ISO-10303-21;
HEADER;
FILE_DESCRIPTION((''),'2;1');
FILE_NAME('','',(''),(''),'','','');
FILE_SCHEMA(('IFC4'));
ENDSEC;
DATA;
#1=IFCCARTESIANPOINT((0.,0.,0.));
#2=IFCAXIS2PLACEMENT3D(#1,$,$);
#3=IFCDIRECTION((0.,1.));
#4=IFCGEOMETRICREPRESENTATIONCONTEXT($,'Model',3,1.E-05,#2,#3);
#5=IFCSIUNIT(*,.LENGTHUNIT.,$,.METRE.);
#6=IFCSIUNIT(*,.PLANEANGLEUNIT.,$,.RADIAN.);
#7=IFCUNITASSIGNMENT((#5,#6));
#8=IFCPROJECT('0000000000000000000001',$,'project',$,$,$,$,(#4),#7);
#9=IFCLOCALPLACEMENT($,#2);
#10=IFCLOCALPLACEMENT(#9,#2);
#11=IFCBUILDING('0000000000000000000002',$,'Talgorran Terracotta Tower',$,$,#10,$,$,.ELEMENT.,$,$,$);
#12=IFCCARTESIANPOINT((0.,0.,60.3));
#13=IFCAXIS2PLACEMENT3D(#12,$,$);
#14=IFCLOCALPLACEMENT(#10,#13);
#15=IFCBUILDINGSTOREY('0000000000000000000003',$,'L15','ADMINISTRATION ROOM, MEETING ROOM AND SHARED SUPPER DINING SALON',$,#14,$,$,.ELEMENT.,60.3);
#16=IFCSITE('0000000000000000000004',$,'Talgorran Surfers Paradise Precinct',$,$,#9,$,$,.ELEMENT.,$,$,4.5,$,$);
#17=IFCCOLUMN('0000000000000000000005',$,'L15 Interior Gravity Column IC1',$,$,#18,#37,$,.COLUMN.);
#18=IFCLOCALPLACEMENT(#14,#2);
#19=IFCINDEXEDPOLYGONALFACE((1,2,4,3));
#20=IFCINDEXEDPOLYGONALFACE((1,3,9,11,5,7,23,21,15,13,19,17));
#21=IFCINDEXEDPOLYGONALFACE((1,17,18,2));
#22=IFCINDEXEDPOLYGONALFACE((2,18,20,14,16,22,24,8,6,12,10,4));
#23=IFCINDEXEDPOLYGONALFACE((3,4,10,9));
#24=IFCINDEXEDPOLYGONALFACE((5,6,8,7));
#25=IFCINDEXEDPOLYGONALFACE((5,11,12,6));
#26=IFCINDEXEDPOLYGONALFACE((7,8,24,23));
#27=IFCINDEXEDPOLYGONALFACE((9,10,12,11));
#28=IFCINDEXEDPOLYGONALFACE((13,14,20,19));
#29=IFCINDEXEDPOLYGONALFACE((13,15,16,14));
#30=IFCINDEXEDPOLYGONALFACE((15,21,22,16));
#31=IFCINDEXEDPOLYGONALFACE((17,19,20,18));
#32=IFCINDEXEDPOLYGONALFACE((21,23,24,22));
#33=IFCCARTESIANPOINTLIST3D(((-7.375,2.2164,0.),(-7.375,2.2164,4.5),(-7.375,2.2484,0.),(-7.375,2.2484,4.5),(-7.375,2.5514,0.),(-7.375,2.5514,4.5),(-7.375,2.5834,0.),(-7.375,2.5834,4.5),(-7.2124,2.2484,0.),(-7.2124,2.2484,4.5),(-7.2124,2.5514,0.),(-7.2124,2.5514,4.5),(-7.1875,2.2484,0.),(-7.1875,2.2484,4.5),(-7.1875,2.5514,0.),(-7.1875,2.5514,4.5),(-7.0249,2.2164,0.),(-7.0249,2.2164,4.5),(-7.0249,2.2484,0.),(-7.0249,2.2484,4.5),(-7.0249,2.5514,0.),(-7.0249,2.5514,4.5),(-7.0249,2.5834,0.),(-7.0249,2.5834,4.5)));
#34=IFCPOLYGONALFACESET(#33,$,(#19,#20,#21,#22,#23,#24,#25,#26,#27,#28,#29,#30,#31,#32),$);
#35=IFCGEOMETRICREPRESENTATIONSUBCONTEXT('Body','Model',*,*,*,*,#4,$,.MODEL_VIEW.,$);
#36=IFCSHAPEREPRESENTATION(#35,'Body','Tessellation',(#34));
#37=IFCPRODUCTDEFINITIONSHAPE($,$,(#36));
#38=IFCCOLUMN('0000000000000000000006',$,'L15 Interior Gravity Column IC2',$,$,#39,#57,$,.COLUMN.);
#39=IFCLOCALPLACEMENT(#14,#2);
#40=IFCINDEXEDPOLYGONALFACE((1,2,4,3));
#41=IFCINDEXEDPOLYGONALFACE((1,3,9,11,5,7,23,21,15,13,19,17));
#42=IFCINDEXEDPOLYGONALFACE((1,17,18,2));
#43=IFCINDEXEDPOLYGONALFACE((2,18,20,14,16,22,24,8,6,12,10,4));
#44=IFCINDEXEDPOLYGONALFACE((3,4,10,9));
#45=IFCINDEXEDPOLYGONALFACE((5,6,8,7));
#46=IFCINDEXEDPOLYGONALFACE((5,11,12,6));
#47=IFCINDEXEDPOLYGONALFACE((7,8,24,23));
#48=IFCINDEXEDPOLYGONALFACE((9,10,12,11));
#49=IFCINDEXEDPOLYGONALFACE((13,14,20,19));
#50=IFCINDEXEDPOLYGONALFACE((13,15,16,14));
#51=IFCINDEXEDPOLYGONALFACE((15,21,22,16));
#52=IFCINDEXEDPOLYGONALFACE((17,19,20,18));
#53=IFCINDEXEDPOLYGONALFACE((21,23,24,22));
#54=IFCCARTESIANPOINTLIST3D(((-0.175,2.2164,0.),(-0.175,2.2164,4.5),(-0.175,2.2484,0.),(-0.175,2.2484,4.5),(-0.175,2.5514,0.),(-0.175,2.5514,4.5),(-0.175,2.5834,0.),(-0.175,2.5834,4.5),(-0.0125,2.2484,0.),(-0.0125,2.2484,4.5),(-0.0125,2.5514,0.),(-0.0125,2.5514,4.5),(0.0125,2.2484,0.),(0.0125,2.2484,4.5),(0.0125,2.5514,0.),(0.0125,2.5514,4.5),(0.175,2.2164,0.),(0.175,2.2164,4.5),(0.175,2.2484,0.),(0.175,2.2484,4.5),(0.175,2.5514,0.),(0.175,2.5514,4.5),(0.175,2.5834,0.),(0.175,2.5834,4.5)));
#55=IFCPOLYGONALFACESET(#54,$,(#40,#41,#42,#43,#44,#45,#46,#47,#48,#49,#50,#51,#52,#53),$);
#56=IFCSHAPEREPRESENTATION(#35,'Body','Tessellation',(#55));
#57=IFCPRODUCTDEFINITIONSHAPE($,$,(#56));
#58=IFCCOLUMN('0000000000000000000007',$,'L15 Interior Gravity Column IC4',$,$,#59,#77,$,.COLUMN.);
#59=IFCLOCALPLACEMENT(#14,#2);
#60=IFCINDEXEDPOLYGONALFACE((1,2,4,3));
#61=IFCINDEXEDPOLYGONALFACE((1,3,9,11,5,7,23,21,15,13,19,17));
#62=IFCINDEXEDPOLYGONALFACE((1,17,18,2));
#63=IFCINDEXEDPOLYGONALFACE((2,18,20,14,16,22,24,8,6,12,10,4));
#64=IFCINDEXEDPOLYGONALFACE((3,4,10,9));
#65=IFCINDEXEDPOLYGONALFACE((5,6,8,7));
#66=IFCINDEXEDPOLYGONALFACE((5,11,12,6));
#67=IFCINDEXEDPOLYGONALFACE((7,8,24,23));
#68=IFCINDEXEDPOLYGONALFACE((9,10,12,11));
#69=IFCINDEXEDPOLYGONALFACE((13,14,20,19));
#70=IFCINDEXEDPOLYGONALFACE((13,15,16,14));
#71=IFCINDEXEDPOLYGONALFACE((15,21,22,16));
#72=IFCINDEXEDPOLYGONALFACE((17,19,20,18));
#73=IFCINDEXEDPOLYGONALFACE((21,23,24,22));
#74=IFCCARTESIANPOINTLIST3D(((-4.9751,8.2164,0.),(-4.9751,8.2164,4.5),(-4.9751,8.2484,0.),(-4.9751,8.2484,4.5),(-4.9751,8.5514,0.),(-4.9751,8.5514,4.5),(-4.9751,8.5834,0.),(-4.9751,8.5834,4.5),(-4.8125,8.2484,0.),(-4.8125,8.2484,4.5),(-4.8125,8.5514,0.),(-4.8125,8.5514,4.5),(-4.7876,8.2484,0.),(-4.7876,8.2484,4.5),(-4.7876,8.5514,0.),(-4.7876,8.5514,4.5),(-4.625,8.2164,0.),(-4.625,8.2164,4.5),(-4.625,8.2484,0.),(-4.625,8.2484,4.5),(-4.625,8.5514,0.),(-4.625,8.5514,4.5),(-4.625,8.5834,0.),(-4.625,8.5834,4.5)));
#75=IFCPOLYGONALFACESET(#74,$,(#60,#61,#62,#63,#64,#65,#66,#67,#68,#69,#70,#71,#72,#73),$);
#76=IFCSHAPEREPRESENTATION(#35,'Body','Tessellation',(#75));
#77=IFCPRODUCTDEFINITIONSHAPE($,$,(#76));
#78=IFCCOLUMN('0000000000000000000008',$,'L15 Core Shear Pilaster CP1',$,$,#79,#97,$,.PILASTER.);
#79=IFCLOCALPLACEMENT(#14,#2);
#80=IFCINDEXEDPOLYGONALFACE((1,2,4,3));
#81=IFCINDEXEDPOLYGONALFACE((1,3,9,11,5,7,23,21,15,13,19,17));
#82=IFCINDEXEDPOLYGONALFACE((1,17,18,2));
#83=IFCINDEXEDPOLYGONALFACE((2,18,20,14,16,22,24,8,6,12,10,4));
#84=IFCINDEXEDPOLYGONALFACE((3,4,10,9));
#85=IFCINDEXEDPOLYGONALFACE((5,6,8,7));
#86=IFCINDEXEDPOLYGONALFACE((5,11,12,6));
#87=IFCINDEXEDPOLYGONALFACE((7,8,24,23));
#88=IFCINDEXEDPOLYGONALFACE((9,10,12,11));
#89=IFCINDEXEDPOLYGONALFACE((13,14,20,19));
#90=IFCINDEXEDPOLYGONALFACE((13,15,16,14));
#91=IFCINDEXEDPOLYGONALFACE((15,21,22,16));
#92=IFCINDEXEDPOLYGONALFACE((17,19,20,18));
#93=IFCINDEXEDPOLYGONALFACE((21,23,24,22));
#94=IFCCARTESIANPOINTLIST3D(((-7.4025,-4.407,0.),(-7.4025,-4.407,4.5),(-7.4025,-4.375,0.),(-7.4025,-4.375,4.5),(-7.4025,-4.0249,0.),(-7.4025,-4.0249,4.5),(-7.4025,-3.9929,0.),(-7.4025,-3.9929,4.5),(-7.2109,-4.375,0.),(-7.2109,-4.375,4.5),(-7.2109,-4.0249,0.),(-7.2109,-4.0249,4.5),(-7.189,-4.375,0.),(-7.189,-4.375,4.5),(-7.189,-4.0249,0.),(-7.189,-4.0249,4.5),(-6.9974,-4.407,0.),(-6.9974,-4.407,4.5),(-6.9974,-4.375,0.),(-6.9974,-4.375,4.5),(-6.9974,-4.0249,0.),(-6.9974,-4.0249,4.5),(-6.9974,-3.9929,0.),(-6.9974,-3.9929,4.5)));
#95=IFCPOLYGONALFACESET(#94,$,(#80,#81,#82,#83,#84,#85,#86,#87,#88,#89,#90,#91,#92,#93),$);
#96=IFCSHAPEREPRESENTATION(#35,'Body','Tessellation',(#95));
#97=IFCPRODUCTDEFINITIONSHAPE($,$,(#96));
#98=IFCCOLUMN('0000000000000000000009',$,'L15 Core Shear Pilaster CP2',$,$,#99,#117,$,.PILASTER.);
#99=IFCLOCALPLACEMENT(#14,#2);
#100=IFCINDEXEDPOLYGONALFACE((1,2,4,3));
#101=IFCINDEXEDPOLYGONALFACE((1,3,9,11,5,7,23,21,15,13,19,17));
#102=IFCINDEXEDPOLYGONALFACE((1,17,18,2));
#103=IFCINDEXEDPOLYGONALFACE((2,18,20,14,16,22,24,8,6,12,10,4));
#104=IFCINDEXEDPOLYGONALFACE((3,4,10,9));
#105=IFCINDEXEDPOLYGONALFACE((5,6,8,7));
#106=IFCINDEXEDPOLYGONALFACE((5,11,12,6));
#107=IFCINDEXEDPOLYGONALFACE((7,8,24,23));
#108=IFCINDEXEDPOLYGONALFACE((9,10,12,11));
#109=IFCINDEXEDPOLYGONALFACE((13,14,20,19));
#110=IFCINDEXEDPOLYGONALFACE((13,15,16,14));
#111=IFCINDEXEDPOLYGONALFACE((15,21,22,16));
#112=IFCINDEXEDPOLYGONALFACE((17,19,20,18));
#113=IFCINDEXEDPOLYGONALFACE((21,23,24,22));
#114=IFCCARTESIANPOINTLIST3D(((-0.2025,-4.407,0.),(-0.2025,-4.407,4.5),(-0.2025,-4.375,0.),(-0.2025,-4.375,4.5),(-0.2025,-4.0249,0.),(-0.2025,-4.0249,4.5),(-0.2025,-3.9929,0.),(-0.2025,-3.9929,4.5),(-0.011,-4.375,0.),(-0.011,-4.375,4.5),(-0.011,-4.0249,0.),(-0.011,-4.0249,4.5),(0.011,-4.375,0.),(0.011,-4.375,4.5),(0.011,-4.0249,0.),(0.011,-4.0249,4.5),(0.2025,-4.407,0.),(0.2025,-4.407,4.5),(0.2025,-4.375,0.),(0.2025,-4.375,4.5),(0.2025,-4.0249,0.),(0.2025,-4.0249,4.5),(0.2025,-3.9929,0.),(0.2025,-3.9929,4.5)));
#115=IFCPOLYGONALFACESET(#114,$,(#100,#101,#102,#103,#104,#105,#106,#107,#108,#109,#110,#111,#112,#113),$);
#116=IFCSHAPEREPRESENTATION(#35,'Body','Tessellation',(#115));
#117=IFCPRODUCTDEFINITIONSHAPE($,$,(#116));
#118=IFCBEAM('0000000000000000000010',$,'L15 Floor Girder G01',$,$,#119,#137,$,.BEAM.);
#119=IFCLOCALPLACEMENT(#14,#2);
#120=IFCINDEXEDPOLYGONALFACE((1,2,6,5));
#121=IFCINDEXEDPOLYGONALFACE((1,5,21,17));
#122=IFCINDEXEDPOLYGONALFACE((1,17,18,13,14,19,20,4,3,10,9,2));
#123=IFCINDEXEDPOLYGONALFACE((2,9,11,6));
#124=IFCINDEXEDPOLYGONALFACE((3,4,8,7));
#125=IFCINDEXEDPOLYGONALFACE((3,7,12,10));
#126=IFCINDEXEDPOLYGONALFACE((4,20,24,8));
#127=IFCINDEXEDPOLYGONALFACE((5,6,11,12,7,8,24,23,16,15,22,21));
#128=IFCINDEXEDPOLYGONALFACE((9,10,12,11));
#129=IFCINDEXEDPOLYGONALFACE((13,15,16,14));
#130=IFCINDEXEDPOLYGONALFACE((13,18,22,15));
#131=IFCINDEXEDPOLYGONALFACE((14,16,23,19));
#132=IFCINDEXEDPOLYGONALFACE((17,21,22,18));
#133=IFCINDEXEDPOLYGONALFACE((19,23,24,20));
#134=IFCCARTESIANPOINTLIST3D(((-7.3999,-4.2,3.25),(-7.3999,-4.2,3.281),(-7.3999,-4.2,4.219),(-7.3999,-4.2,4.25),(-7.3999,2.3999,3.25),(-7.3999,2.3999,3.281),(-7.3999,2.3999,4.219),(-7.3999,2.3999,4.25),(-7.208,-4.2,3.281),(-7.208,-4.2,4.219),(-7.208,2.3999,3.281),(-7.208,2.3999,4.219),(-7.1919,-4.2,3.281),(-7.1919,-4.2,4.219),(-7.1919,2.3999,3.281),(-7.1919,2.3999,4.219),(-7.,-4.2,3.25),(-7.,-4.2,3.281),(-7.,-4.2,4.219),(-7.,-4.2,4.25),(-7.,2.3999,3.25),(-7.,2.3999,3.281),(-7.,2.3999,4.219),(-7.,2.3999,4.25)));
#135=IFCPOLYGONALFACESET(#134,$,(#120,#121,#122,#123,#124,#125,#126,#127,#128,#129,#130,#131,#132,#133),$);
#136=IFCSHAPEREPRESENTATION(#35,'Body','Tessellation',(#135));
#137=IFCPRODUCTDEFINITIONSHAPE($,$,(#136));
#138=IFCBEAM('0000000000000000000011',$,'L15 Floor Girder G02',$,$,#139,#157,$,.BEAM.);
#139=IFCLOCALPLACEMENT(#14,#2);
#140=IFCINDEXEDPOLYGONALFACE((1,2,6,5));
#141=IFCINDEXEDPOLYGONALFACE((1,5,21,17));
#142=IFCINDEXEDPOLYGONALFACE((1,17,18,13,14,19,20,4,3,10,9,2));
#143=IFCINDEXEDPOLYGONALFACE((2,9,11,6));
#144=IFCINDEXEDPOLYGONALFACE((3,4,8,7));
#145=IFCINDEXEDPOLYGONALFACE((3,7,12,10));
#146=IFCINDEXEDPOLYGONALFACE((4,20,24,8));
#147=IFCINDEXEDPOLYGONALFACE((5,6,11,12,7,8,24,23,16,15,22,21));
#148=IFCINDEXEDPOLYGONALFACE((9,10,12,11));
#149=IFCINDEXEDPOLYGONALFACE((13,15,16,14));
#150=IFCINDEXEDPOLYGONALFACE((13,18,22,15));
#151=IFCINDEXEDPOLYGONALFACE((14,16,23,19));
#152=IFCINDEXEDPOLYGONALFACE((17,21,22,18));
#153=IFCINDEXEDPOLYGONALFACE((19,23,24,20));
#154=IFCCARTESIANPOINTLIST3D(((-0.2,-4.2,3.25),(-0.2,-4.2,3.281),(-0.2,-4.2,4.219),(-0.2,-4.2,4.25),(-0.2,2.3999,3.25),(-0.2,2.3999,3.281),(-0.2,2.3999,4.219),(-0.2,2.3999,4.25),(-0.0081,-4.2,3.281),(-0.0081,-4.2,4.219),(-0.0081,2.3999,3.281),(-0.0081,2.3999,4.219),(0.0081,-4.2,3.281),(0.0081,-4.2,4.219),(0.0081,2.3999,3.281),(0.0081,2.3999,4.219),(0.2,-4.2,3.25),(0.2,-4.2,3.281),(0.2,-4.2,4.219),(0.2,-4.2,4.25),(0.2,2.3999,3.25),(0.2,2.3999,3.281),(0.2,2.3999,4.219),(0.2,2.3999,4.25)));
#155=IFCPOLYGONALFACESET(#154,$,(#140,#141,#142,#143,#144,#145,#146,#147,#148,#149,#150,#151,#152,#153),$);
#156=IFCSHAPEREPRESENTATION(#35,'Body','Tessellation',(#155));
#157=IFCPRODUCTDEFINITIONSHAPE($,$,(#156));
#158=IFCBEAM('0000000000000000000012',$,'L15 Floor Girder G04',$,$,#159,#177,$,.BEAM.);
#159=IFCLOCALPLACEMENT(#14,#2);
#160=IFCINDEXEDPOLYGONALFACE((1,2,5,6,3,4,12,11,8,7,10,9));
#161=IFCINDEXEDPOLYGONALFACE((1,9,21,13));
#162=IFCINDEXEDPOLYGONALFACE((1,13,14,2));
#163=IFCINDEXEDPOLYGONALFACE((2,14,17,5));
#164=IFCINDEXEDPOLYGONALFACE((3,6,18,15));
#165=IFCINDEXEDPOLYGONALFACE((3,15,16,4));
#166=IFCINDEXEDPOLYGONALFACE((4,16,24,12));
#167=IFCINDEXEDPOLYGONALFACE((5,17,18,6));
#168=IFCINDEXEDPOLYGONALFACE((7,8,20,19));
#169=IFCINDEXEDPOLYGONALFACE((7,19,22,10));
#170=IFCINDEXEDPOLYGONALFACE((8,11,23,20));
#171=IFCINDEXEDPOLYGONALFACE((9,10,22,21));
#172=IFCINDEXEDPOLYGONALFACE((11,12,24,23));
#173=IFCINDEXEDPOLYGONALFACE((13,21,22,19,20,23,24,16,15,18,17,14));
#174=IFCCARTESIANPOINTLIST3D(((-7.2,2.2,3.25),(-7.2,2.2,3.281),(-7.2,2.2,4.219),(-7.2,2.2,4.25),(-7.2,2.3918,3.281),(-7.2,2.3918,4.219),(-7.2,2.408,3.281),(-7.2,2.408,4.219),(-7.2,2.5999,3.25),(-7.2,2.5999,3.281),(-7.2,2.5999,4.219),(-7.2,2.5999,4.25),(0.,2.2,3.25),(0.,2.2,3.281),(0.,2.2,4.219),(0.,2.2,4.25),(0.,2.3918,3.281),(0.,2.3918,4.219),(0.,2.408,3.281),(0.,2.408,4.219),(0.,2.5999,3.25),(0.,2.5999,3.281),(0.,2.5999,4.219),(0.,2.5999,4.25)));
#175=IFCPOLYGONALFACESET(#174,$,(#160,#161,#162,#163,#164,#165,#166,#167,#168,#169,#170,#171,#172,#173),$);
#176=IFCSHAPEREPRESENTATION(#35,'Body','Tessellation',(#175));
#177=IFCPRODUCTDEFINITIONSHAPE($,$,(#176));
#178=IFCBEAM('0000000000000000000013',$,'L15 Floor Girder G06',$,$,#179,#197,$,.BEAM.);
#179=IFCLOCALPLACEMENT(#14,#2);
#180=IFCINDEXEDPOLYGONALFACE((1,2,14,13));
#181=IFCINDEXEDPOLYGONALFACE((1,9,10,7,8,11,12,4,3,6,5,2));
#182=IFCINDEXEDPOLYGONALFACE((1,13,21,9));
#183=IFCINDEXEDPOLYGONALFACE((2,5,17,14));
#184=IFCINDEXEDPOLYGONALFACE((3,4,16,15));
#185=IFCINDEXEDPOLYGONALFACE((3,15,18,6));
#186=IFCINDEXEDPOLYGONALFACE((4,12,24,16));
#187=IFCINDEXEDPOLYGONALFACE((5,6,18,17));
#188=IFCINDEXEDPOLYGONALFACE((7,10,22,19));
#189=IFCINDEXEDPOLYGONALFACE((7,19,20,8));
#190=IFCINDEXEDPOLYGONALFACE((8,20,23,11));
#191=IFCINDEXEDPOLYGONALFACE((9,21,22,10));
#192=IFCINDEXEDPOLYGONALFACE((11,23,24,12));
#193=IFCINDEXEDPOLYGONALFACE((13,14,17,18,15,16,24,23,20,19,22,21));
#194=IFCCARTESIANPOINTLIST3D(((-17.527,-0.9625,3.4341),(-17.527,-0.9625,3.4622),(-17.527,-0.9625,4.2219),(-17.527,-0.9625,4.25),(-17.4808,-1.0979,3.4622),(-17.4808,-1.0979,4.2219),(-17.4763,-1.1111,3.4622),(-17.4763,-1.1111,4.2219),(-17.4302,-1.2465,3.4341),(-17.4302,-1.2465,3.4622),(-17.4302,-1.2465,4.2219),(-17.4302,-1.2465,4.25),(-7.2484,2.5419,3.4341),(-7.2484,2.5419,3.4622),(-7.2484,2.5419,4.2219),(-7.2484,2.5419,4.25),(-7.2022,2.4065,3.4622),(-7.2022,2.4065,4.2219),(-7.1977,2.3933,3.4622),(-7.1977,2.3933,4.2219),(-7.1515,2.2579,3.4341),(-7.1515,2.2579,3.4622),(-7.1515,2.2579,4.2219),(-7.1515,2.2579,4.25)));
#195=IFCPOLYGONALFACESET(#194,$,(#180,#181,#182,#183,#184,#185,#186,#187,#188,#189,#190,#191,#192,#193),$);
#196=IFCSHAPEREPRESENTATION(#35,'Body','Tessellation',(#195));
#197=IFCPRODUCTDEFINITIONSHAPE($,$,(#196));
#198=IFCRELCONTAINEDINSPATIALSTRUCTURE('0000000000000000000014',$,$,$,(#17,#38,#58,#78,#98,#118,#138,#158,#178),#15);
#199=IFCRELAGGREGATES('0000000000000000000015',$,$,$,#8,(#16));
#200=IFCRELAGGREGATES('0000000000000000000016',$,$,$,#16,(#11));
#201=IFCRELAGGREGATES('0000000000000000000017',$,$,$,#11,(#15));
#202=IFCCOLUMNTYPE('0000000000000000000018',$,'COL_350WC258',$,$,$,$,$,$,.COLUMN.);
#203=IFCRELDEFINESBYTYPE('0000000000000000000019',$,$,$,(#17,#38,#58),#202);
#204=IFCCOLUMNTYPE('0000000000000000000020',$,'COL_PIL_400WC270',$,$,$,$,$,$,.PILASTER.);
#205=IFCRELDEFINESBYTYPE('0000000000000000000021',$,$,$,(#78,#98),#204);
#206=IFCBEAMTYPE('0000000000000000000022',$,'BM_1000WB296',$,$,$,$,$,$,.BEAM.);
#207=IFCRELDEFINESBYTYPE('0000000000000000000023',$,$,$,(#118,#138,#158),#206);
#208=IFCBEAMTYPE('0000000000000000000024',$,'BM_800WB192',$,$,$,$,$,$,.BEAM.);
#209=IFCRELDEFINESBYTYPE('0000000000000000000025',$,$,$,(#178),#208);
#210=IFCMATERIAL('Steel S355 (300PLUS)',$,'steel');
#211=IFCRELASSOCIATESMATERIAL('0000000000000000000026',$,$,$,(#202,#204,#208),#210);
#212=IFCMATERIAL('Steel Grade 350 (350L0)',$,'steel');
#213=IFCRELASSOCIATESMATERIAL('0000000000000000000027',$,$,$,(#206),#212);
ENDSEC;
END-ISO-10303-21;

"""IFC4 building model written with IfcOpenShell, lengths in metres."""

from ifc_helpers import new_model, si_unit, direction, frame, origin, origin_2d, place, context, subcontext, project, spatial, i_section, extrude, material, material_profile, profile_set, type_object, element, save


model = new_model("IFC4")

# Units and contexts
model_context = context("Model", 3, precision=1e-05, world=origin(), true_north=direction((0.0, 1.0)))
body_context = subcontext(model_context, "Body", "Model", "MODEL_VIEW")
ifc_project = project(units=[si_unit("LENGTHUNIT", "METRE"), si_unit("PLANEANGLEUNIT", "RADIAN")], contexts=[model_context])

# Site, building, storey
site_placement = place(None, origin())
site = spatial("IfcSite", under=ifc_project, at=site_placement, Name="Talgorran Surfers Paradise Precinct", CompositionType="ELEMENT", RefElevation=4.5)
building_placement = place(site_placement, origin())
building = spatial("IfcBuilding", under=site, at=building_placement, Name="Talgorran Terracotta Tower", CompositionType="ELEMENT")
storey_placement = place(building_placement, frame((0.0, 0.0, 60.3)))
storey = spatial("IfcBuildingStorey", under=building, at=storey_placement, Name="L15", Description="ADMINISTRATION ROOM, MEETING ROOM AND SHARED SUPPER DINING SALON", CompositionType="ELEMENT", Elevation=60.3)

# Columns
ifc_material_1 = material(Name="Steel S355 (300PLUS)", Category="steel")
ifc_material_profile_1 = material_profile(ifc_material_1, i_section(OverallWidth=0.3501, OverallDepth=0.3669, WebThickness=0.0249, FlangeThickness=0.032, at=origin_2d()), Name="350WC258")
ifc_profile_set_1 = profile_set([ifc_material_profile_1], Name="Steel S355 (300PLUS)")
column_type_1 = type_object("IfcColumnType", Name="COL_350WC258", PredefinedType="COLUMN", material=ifc_profile_set_1)
for number, where, z_axis, x_axis, name in (
    (1, (-7.2, 2.3999, 0.0), (0.0, 0.0, 1.0), (1.0, 0.0, 0.0), "L15 Interior Gravity Column IC1"),
    (2, (0.0, 2.3999, 0.0), (0.0, 0.0, 1.0), (1.0, 0.0, 0.0), "L15 Interior Gravity Column IC2"),
    (3, (-4.8, 8.3999, 0.0), (0.0, 0.0, 1.0), (1.0, 0.0, 0.0), "L15 Interior Gravity Column IC4"),
):
    element("IfcColumn", number, at=place(storey_placement, frame(where, z_axis=z_axis, x_axis=x_axis)), inside=storey, type_object=column_type_1, Name=name, PredefinedType="COLUMN", context=body_context, shape_type="SweptSolid", body=[
        extrude(i_section(OverallWidth=0.3501, OverallDepth=0.3669, WebThickness=0.0249, FlangeThickness=0.032, at=origin_2d()), origin(), (0.0, 0.0, 1.0), 4.5),
    ])
ifc_material_profile_2 = material_profile(ifc_material_1, i_section(OverallWidth=0.405, OverallDepth=0.4141, WebThickness=0.022, FlangeThickness=0.032, at=origin_2d()), Name="400WC270")
ifc_profile_set_2 = profile_set([ifc_material_profile_2], Name="Steel S355 (300PLUS)")
column_type_2 = type_object("IfcColumnType", Name="COL_PIL_400WC270", PredefinedType="PILASTER", material=ifc_profile_set_2)
for number, where, z_axis, x_axis, name in (
    (4, (-7.2, -4.2, 0.0), (0.0, 0.0, 1.0), (1.0, 0.0, 0.0), "L15 Core Shear Pilaster CP1"),
    (5, (0.0, -4.2, 0.0), (0.0, 0.0, 1.0), (1.0, 0.0, 0.0), "L15 Core Shear Pilaster CP2"),
):
    element("IfcColumn", number, at=place(storey_placement, frame(where, z_axis=z_axis, x_axis=x_axis)), inside=storey, type_object=column_type_2, Name=name, PredefinedType="PILASTER", context=body_context, shape_type="SweptSolid", body=[
        extrude(i_section(OverallWidth=0.405, OverallDepth=0.4141, WebThickness=0.022, FlangeThickness=0.032, at=origin_2d()), origin(), (0.0, 0.0, 1.0), 4.5),
    ])

# Beams
ifc_material_2 = material(Name="Steel Grade 350 (350L0)", Category="steel")
ifc_material_profile_3 = material_profile(ifc_material_2, i_section(OverallWidth=0.3999, OverallDepth=1.0, WebThickness=0.0161, FlangeThickness=0.031, at=origin_2d()), Name="1000WB296")
ifc_profile_set_3 = profile_set([ifc_material_profile_3], Name="Steel Grade 350 (350L0)")
beam_type_1 = type_object("IfcBeamType", Name="BM_1000WB296", PredefinedType="BEAM", material=ifc_profile_set_3)
for number, where, z_axis, x_axis, name in (
    (6, (-7.2, -4.2, 3.75), (0.0, 1.0, 0.0), (-1.0, 0.0, 0.0), "L15 Floor Girder G01"),
    (7, (0.0, -4.2, 3.75), (0.0, 1.0, 0.0), (-1.0, 0.0, 0.0), "L15 Floor Girder G02"),
):
    element("IfcBeam", number, at=place(storey_placement, frame(where, z_axis=z_axis, x_axis=x_axis)), inside=storey, type_object=beam_type_1, Name=name, PredefinedType="BEAM", context=body_context, shape_type="SweptSolid", body=[
        extrude(i_section(OverallWidth=0.3999, OverallDepth=1.0, WebThickness=0.0161, FlangeThickness=0.031, at=origin_2d()), origin(), (0.0, 0.0, 1.0), 6.5999),
    ])
beam_1_placement = place(storey_placement, frame((-7.2, 2.3999, 3.75), z_axis=(1.0, 0.0, 0.0), x_axis=(0.0, 1.0, 0.0)))
element("IfcBeam", 8, at=beam_1_placement, inside=storey, type_object=beam_type_1, Name="L15 Floor Girder G04", PredefinedType="BEAM", context=body_context, shape_type="SweptSolid", body=[
    extrude(i_section(OverallWidth=0.3999, OverallDepth=1.0, WebThickness=0.0161, FlangeThickness=0.031, at=origin_2d()), origin(), (0.0, 0.0, 1.0), 7.2),
])
ifc_material_profile_4 = material_profile(ifc_material_1, i_section(OverallWidth=0.3, OverallDepth=0.8159, WebThickness=0.0139, FlangeThickness=0.0281, at=origin_2d()), Name="800WB192")
ifc_profile_set_4 = profile_set([ifc_material_profile_4], Name="Steel S355 (300PLUS)")
beam_type_2 = type_object("IfcBeamType", Name="BM_800WB192", PredefinedType="BEAM", material=ifc_profile_set_4)
beam_2_placement = place(storey_placement, frame((-7.2, 2.3999, 3.842), z_axis=(-0.946501, -0.322702, 0.0), x_axis=(0.322702, -0.946501, 0.0)))
element("IfcBeam", 9, at=beam_2_placement, inside=storey, type_object=beam_type_2, Name="L15 Floor Girder G06", PredefinedType="BEAM", context=body_context, shape_type="SweptSolid", body=[
    extrude(i_section(OverallWidth=0.3, OverallDepth=0.8159, WebThickness=0.0139, FlangeThickness=0.0281, at=origin_2d()), origin(), (0.0, 0.0, 1.0), 10.8596),
])

save(model, "model.ifc")
